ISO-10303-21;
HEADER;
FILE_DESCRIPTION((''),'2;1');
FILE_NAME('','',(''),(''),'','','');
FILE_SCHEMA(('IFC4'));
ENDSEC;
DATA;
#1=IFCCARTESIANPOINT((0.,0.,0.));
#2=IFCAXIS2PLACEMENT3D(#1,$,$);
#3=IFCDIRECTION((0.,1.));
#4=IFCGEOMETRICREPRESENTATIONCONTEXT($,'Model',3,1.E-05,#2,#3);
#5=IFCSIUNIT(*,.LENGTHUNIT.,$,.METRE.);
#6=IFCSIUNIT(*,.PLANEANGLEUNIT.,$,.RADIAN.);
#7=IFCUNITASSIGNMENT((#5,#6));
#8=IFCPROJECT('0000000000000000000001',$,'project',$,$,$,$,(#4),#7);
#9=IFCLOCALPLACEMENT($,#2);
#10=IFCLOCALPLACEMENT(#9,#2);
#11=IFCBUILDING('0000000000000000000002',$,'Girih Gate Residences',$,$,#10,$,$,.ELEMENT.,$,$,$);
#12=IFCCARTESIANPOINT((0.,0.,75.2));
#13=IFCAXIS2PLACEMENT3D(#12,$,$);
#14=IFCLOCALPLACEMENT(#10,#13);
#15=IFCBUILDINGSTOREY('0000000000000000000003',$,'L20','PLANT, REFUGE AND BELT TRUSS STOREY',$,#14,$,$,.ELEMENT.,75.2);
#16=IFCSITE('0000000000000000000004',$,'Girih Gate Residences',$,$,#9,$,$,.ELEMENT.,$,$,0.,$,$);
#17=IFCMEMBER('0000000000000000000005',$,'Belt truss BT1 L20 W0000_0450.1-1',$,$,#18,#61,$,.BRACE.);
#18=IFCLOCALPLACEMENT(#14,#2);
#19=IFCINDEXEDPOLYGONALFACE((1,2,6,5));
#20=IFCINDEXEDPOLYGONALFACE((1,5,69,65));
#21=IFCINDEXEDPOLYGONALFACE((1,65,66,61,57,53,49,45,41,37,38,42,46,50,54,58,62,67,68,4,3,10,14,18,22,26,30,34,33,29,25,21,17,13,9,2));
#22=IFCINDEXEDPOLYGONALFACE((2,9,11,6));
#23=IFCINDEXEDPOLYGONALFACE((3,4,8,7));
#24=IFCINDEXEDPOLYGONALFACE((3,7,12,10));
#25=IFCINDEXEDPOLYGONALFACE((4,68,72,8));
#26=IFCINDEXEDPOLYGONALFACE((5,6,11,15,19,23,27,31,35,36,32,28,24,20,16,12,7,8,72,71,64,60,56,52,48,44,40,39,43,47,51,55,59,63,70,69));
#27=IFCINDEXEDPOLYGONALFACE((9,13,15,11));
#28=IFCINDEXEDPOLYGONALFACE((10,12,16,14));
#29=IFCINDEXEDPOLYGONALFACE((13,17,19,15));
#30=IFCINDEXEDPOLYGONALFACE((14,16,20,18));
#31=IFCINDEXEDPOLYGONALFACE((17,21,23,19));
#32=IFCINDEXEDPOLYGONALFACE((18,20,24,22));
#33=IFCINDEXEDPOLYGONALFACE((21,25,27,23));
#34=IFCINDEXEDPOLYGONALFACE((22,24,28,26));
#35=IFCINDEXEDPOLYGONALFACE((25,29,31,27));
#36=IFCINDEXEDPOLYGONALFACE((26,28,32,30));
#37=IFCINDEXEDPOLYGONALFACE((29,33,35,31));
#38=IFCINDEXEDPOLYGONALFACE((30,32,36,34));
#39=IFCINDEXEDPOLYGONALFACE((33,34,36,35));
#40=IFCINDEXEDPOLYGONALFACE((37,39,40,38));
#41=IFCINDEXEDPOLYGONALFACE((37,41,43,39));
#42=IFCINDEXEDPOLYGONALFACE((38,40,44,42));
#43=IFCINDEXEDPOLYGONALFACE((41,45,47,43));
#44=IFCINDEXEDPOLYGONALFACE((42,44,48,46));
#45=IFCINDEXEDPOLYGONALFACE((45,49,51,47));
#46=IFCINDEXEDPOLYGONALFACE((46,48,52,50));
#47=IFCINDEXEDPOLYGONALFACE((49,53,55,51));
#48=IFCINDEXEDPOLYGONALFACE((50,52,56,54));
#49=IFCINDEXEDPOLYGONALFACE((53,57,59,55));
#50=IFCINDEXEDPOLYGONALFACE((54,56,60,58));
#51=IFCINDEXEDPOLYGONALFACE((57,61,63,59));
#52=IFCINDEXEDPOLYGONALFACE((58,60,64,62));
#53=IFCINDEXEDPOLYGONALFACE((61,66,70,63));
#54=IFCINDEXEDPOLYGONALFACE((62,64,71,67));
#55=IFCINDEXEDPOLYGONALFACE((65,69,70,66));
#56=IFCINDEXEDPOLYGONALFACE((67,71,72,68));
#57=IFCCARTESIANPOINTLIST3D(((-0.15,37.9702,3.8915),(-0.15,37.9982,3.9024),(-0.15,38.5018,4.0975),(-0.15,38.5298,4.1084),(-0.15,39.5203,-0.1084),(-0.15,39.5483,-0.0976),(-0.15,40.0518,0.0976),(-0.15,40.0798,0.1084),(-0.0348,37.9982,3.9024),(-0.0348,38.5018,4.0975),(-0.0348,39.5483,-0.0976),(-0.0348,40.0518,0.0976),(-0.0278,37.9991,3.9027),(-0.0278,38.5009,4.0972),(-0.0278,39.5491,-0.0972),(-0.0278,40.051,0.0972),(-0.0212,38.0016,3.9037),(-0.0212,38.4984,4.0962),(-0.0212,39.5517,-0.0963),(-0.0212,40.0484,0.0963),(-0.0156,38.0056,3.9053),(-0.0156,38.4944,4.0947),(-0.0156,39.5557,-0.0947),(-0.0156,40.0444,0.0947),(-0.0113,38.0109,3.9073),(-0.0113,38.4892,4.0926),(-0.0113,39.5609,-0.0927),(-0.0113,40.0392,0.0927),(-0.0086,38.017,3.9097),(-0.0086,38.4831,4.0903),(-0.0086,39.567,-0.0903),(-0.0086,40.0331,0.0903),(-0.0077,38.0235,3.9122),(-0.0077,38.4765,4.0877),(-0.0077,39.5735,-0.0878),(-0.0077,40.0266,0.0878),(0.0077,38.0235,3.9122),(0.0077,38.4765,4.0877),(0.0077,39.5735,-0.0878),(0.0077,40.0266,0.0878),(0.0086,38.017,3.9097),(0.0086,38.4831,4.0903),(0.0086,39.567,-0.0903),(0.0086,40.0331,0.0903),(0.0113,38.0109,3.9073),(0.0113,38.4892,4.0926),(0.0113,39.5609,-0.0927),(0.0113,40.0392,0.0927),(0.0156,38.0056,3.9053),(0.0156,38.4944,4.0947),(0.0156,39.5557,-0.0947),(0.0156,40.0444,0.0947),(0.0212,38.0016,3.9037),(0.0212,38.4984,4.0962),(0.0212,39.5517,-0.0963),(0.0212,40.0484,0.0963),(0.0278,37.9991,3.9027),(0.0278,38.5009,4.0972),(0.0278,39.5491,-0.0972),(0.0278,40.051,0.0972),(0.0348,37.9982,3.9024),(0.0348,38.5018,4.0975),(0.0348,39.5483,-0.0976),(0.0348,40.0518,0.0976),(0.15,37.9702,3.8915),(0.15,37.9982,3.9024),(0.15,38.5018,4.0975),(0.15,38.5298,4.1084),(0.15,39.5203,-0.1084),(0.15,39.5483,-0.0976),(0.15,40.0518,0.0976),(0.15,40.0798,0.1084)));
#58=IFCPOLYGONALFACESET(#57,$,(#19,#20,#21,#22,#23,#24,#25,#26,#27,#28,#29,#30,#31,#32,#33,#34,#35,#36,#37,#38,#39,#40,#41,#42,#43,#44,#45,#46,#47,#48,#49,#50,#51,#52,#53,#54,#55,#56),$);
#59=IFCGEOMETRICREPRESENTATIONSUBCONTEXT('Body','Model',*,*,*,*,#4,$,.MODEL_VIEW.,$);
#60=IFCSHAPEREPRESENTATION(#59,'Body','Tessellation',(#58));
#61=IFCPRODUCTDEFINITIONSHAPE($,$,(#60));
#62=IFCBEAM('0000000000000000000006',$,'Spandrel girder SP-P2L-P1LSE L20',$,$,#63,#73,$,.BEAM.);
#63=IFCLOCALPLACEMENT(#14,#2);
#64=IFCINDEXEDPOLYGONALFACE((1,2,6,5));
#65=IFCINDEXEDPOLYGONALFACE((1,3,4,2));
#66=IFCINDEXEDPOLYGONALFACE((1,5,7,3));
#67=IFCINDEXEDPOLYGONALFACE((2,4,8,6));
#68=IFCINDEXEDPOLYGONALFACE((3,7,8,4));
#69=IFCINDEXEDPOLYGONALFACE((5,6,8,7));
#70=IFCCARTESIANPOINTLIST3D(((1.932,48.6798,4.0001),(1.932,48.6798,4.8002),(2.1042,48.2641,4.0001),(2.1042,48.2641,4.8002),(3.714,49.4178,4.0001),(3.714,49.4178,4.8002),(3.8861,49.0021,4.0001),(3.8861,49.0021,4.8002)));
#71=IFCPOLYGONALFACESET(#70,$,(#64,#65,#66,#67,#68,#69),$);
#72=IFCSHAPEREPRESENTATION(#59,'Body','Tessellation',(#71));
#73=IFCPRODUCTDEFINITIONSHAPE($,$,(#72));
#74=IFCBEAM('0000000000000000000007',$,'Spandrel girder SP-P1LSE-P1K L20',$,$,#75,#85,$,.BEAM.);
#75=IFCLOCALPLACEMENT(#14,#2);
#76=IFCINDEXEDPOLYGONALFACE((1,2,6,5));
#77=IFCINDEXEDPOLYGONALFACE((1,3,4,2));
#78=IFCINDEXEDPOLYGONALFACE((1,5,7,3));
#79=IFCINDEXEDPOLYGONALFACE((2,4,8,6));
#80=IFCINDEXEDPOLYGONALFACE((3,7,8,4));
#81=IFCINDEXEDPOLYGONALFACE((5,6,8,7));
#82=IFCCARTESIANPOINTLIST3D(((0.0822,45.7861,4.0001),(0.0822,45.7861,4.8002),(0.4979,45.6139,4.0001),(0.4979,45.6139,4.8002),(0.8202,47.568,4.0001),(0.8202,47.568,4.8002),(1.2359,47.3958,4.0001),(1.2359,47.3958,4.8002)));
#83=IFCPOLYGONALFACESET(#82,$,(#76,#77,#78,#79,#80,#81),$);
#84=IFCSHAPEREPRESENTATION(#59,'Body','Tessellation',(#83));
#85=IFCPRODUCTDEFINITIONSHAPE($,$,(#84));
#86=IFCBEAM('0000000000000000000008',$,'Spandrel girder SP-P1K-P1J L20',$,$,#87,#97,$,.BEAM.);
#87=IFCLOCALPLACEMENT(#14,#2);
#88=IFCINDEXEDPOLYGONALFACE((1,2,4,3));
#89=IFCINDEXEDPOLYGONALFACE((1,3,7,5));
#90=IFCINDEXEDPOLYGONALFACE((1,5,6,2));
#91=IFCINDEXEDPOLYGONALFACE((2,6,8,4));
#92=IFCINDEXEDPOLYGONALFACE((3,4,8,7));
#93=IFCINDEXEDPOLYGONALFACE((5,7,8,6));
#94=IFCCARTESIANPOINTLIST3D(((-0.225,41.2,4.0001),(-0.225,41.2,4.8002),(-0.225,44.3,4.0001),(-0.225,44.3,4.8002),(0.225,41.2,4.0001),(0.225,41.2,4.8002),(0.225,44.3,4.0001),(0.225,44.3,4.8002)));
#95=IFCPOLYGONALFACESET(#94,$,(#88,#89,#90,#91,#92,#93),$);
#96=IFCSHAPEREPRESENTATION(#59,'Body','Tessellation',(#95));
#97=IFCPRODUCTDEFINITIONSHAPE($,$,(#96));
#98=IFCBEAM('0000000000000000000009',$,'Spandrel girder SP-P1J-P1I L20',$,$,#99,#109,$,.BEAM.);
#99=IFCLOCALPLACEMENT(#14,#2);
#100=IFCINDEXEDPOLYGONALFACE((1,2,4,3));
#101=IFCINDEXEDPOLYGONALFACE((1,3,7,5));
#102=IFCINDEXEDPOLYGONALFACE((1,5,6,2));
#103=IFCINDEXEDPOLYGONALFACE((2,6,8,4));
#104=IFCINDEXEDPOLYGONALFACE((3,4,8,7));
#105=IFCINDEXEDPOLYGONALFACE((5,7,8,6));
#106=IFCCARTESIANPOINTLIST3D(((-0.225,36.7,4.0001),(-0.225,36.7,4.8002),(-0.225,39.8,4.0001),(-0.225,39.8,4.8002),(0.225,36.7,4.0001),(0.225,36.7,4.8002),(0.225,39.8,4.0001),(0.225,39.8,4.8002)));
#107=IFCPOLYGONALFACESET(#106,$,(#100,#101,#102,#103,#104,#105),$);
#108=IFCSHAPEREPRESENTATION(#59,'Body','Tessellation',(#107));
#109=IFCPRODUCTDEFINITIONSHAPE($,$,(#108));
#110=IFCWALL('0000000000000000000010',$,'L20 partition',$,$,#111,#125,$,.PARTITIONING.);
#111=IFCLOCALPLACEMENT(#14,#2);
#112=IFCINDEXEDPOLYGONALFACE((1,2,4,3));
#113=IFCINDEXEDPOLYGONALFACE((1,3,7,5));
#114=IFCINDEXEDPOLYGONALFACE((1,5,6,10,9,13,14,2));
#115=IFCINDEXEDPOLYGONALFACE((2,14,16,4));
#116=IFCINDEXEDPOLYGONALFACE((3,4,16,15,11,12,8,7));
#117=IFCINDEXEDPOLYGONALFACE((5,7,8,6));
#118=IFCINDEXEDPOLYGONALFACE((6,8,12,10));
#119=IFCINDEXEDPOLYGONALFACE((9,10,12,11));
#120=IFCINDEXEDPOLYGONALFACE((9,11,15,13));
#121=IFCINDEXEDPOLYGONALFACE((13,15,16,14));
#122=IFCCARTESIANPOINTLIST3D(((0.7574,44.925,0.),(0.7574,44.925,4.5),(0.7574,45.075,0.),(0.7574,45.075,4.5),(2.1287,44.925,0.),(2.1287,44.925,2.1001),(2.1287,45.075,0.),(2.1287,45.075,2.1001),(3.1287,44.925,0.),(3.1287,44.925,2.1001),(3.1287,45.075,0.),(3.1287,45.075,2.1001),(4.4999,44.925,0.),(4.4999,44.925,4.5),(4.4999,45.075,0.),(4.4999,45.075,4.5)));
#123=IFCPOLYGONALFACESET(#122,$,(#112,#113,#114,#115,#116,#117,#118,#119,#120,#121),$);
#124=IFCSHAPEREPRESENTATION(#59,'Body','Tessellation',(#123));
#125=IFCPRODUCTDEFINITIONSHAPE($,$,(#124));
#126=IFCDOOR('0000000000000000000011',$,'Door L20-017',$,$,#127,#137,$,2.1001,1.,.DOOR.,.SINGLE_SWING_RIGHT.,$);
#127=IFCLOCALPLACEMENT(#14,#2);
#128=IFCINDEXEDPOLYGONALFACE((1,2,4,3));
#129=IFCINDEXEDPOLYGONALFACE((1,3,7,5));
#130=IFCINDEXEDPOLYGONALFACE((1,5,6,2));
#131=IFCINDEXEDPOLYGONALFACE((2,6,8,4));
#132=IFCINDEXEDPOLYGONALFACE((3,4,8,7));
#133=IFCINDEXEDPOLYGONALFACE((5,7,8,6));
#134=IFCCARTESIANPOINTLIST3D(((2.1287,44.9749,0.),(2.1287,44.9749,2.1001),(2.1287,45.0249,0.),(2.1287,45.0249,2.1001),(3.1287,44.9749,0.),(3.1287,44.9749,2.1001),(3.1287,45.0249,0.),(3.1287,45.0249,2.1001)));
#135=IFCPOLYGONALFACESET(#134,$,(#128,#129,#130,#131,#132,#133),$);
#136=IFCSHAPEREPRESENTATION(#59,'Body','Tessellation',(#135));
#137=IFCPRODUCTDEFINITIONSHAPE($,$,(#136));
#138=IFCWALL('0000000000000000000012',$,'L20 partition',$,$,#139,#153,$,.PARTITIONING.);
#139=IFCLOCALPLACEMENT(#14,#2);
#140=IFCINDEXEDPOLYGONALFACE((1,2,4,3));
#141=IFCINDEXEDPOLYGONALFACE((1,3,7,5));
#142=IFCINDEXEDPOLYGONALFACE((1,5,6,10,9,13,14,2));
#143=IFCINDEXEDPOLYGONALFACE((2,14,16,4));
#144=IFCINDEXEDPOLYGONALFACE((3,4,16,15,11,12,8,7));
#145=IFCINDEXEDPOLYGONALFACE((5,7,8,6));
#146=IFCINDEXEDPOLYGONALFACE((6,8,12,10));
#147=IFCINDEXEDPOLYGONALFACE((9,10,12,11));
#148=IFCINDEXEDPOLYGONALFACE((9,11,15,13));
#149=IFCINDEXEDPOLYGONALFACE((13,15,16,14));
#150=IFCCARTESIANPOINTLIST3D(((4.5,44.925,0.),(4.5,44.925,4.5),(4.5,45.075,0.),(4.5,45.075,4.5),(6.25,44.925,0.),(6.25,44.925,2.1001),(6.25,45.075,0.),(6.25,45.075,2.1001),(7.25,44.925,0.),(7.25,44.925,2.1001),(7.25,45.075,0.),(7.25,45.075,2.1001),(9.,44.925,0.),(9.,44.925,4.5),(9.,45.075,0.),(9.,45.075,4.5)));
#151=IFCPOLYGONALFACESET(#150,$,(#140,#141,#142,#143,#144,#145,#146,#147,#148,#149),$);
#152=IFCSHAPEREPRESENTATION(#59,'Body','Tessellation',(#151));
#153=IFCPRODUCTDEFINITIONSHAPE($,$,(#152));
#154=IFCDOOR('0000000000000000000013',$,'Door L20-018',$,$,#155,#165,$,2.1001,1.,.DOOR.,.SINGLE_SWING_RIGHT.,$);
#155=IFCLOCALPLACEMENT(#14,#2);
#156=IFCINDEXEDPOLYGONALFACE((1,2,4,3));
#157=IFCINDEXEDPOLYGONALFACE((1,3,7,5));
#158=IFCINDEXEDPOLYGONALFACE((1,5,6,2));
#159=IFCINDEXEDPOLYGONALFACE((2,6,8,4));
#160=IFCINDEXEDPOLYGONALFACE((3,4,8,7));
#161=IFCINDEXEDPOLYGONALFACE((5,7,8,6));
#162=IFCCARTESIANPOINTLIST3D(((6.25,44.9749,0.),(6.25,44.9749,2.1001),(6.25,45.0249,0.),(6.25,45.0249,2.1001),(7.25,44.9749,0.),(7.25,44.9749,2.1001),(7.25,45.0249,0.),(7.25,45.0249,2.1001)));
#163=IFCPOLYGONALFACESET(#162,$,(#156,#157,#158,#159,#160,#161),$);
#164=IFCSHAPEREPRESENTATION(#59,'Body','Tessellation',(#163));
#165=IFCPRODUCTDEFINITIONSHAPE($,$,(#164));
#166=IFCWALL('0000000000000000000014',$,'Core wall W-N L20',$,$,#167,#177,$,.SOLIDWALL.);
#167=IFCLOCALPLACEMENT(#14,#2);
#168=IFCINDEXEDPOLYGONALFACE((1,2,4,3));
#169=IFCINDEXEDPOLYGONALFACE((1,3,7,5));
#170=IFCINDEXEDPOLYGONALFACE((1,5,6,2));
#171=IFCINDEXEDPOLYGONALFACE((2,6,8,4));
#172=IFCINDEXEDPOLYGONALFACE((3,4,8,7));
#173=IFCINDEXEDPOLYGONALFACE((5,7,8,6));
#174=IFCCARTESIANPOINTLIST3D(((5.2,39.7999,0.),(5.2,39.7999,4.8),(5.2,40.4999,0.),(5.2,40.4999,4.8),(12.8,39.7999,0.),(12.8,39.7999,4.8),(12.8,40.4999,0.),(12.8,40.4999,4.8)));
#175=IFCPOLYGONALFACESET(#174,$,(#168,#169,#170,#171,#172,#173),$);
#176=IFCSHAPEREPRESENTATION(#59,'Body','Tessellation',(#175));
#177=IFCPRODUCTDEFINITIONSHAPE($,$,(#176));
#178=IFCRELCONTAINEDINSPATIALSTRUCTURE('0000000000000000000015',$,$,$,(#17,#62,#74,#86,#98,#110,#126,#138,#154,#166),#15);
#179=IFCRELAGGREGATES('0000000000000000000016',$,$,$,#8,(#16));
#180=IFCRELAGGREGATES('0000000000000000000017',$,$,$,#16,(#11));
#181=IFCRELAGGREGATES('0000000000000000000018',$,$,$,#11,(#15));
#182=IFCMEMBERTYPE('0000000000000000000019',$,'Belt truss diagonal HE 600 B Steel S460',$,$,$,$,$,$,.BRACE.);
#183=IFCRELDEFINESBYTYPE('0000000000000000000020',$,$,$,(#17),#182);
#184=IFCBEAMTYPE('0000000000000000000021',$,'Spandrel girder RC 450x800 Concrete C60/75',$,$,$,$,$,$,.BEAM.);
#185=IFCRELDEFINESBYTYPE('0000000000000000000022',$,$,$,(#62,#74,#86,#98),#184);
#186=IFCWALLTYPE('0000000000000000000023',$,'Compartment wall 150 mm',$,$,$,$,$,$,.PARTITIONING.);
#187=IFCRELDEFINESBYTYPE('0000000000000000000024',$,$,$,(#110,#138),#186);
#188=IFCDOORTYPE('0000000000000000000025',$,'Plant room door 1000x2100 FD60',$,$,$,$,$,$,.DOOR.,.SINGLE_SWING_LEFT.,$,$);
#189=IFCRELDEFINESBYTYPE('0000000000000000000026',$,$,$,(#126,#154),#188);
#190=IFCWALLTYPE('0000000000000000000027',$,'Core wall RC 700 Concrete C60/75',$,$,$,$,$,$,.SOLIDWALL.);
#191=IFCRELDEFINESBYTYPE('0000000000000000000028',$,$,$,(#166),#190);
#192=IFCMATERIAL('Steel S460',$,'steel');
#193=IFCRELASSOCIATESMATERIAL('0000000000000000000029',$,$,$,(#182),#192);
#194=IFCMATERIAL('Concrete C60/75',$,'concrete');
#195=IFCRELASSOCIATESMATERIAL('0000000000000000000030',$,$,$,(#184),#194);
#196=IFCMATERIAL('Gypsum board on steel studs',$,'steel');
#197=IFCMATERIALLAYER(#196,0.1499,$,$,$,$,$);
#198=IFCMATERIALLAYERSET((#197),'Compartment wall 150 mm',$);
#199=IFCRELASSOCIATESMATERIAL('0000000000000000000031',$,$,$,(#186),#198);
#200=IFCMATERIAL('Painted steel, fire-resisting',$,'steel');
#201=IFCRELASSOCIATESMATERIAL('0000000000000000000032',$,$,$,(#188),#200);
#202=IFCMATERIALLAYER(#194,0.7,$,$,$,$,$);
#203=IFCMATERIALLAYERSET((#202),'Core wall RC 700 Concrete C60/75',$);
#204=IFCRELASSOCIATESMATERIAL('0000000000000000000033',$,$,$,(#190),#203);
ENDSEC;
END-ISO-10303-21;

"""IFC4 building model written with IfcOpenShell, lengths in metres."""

from ifc_helpers import new_model, si_unit, direction, frame, frame_2d, origin, origin_2d, place, context, subcontext, project, spatial, rectangle, i_section, extrude, material, layer, layer_set, material_profile, profile_set, type_object, element, fill, save


model = new_model("IFC4")

# Units and contexts
model_context = context("Model", 3, precision=1e-05, world=origin(), true_north=direction((0.0, 1.0)))
body_context = subcontext(model_context, "Body", "Model", "MODEL_VIEW")
ifc_project = project(units=[si_unit("LENGTHUNIT", "METRE"), si_unit("PLANEANGLEUNIT", "RADIAN")], contexts=[model_context])

# Site, building, storey
site_placement = place(None, origin())
site = spatial("IfcSite", under=ifc_project, at=site_placement, Name="Girih Gate Residences", CompositionType="ELEMENT", RefElevation=0.0)
building_placement = place(site_placement, origin())
building = spatial("IfcBuilding", under=site, at=building_placement, Name="Girih Gate Residences", CompositionType="ELEMENT")
storey_placement = place(building_placement, frame((0.0, 0.0, 75.2)))
storey = spatial("IfcBuildingStorey", under=building, at=storey_placement, Name="L20", Description="PLANT, REFUGE AND BELT TRUSS STOREY", CompositionType="ELEMENT", Elevation=75.2)

# Member
ifc_material_1 = material(Name="Steel S460", Category="steel")
ifc_material_profile_1 = material_profile(ifc_material_1, i_section(OverallWidth=0.3, OverallDepth=0.6001, WebThickness=0.0154, FlangeThickness=0.03, FilletRadius=0.0271, at=origin_2d()))
ifc_profile_set_1 = profile_set([ifc_material_profile_1], Name="Steel S460")
member_type_1 = type_object("IfcMemberType", Name="Belt truss diagonal HE 600 B Steel S460", PredefinedType="BRACE", material=ifc_profile_set_1)
for number, where, z_axis, x_axis, name in (
    (1, (0.0, 39.8, 0.0), (0.0, -0.361331, 0.932438), (1.0, 0.0, 0.0), "Belt truss BT1 L20 W0000_0450.1-1"),
):
    element("IfcMember", number, at=place(storey_placement, frame(where, z_axis=z_axis, x_axis=x_axis)), inside=storey, type_object=member_type_1, Name=name, PredefinedType="BRACE", context=body_context, shape_type="SweptSolid", body=[
        extrude(i_section(OverallWidth=0.3, OverallDepth=0.6001, WebThickness=0.0154, FlangeThickness=0.03, FilletRadius=0.0271, at=origin_2d()), origin(), (0.0, 0.0, 1.0), 4.2898),
    ])

# Beams
ifc_material_2 = material(Name="Concrete C60/75", Category="concrete")
ifc_material_profile_2 = material_profile(ifc_material_2, rectangle(XDim=0.45, YDim=0.8, at=origin_2d()))
ifc_profile_set_2 = profile_set([ifc_material_profile_2], Name="Concrete C60/75")
beam_type = type_object("IfcBeamType", Name="Spandrel girder RC 450x800 Concrete C60/75", PredefinedType="BEAM", material=ifc_profile_set_2)
for number, where, z_axis, x_axis, name in (
    (2, (3.8, 49.21, 4.4001), (-0.923895, -0.382646, 0.0), (0.382646, -0.923895, 0.0), "Spandrel girder SP-P2L-P1LSE L20"),
    (3, (1.0281, 47.4819, 4.4001), (-0.382646, -0.923895, 0.0), (0.923895, -0.382646, 0.0), "Spandrel girder SP-P1LSE-P1K L20"),
):
    element("IfcBeam", number, at=place(storey_placement, frame(where, z_axis=z_axis, x_axis=x_axis)), inside=storey, type_object=beam_type, Name=name, PredefinedType="BEAM", context=body_context, shape_type="SweptSolid", body=[
        extrude(rectangle(XDim=0.45, YDim=0.8, at=origin_2d()), origin(), (0.0, 0.0, 1.0), 1.9287),
    ])
for number, where, z_axis, x_axis, name in (
    (4, (0.0, 44.3, 4.4001), (0.0, -1.0, 0.0), (1.0, 0.0, 0.0), "Spandrel girder SP-P1K-P1J L20"),
    (5, (0.0, 39.8, 4.4001), (0.0, -1.0, 0.0), (1.0, 0.0, 0.0), "Spandrel girder SP-P1J-P1I L20"),
):
    element("IfcBeam", number, at=place(storey_placement, frame(where, z_axis=z_axis, x_axis=x_axis)), inside=storey, type_object=beam_type, Name=name, PredefinedType="BEAM", context=body_context, shape_type="SweptSolid", body=[
        extrude(rectangle(XDim=0.45, YDim=0.8, at=origin_2d()), origin(), (0.0, 0.0, 1.0), 3.1001),
    ])

# Walls, openings, doors
ifc_material_3 = material(Name="Gypsum board on steel studs", Category="steel")
ifc_layer_1 = layer(ifc_material_3, 0.1499)
ifc_layer_set_1 = layer_set([ifc_layer_1], Name="Compartment wall 150 mm")
wall_type_1 = type_object("IfcWallType", Name="Compartment wall 150 mm", PredefinedType="PARTITIONING", material=ifc_layer_set_1)
wall_1_placement = place(storey_placement, frame((0.7576, 45.0, 0.0), z_axis=(0.0, 0.0, 1.0), x_axis=(1.0, 0.0, 0.0)))
wall_1 = element("IfcWall", 6, at=wall_1_placement, inside=storey, type_object=wall_type_1, Name="L20 partition", PredefinedType="PARTITIONING", context=body_context, shape_type="SweptSolid", body=[
    extrude(rectangle(XDim=3.7424, YDim=0.1499, at=frame_2d((1.8711, 0.0))), origin(), (0.0, 0.0, 1.0), 4.5),
])
opening_1_placement = place(wall_1_placement, frame((1.3711, 0.0, 0.0)))
opening_1 = element("IfcOpeningElement", 7, at=opening_1_placement, cuts=wall_1, PredefinedType="OPENING", context=body_context, shape_type="SweptSolid", body=[
    extrude(rectangle(XDim=1.0, YDim=2.1001, at=frame_2d((0.5, 1.05))), frame((0.0, 0.085, 0.0), z_axis=(0.0, -1.0, 0.0), x_axis=(1.0, 0.0, 0.0)), (0.0, 0.0, 1.0), 0.1699),
])
ifc_material_4 = material(Name="Painted steel, fire-resisting", Category="steel")
door_type_1 = type_object("IfcDoorType", Name="Plant room door 1000x2100 FD60", OperationType="SINGLE_SWING_LEFT", PredefinedType="DOOR", material=ifc_material_4)
door_1_placement = place(opening_1_placement, origin())
door_1 = element("IfcDoor", 8, at=door_1_placement, inside=storey, type_object=door_type_1, Name="Door L20-017", OperationType="SINGLE_SWING_RIGHT", OverallHeight=2.1001, OverallWidth=1.0, PredefinedType="DOOR", context=body_context, shape_type="SweptSolid", body=[
    extrude(rectangle(XDim=1.0, YDim=2.1001, at=frame_2d((0.5, 1.05))), frame((0.0, 0.0249, 0.0), z_axis=(0.0, -1.0, 0.0), x_axis=(1.0, 0.0, 0.0)), (0.0, 0.0, 1.0), 0.05),
])
fill(opening_1, door_1)
wall_2_placement = place(storey_placement, frame((4.5, 45.0, 0.0), z_axis=(0.0, 0.0, 1.0), x_axis=(1.0, 0.0, 0.0)))
wall_2 = element("IfcWall", 9, at=wall_2_placement, inside=storey, type_object=wall_type_1, Name="L20 partition", PredefinedType="PARTITIONING", context=body_context, shape_type="SweptSolid", body=[
    extrude(rectangle(XDim=4.5, YDim=0.1499, at=frame_2d((2.25, 0.0))), origin(), (0.0, 0.0, 1.0), 4.5),
])
opening_2_placement = place(wall_2_placement, frame((1.75, 0.0, 0.0)))
opening_2 = element("IfcOpeningElement", 10, at=opening_2_placement, cuts=wall_2, PredefinedType="OPENING", context=body_context, shape_type="SweptSolid", body=[
    extrude(rectangle(XDim=1.0, YDim=2.1001, at=frame_2d((0.5, 1.05))), frame((0.0, 0.085, 0.0), z_axis=(0.0, -1.0, 0.0), x_axis=(1.0, 0.0, 0.0)), (0.0, 0.0, 1.0), 0.1699),
])
door_2_placement = place(opening_2_placement, origin())
door_2 = element("IfcDoor", 11, at=door_2_placement, inside=storey, type_object=door_type_1, Name="Door L20-018", OperationType="SINGLE_SWING_RIGHT", OverallHeight=2.1001, OverallWidth=1.0, PredefinedType="DOOR", context=body_context, shape_type="SweptSolid", body=[
    extrude(rectangle(XDim=1.0, YDim=2.1001, at=frame_2d((0.5, 1.05))), frame((0.0, 0.0249, 0.0), z_axis=(0.0, -1.0, 0.0), x_axis=(1.0, 0.0, 0.0)), (0.0, 0.0, 1.0), 0.05),
])
fill(opening_2, door_2)

# Wall
ifc_layer_2 = layer(ifc_material_2, 0.7)
ifc_layer_set_2 = layer_set([ifc_layer_2], Name="Core wall RC 700 Concrete C60/75")
wall_type_2 = type_object("IfcWallType", Name="Core wall RC 700 Concrete C60/75", PredefinedType="SOLIDWALL", material=ifc_layer_set_2)
wall_3_placement = place(storey_placement, frame((5.2, 40.1499, 0.0), z_axis=(0.0, 0.0, 1.0), x_axis=(1.0, 0.0, 0.0)))
element("IfcWall", 12, at=wall_3_placement, inside=storey, type_object=wall_type_2, Name="Core wall W-N L20", PredefinedType="SOLIDWALL", context=body_context, shape_type="SweptSolid", body=[
    extrude(rectangle(XDim=7.6001, YDim=0.7, at=frame_2d((3.8, 0.0))), origin(), (0.0, 0.0, 1.0), 4.8),
])

save(model, "model.ifc")
